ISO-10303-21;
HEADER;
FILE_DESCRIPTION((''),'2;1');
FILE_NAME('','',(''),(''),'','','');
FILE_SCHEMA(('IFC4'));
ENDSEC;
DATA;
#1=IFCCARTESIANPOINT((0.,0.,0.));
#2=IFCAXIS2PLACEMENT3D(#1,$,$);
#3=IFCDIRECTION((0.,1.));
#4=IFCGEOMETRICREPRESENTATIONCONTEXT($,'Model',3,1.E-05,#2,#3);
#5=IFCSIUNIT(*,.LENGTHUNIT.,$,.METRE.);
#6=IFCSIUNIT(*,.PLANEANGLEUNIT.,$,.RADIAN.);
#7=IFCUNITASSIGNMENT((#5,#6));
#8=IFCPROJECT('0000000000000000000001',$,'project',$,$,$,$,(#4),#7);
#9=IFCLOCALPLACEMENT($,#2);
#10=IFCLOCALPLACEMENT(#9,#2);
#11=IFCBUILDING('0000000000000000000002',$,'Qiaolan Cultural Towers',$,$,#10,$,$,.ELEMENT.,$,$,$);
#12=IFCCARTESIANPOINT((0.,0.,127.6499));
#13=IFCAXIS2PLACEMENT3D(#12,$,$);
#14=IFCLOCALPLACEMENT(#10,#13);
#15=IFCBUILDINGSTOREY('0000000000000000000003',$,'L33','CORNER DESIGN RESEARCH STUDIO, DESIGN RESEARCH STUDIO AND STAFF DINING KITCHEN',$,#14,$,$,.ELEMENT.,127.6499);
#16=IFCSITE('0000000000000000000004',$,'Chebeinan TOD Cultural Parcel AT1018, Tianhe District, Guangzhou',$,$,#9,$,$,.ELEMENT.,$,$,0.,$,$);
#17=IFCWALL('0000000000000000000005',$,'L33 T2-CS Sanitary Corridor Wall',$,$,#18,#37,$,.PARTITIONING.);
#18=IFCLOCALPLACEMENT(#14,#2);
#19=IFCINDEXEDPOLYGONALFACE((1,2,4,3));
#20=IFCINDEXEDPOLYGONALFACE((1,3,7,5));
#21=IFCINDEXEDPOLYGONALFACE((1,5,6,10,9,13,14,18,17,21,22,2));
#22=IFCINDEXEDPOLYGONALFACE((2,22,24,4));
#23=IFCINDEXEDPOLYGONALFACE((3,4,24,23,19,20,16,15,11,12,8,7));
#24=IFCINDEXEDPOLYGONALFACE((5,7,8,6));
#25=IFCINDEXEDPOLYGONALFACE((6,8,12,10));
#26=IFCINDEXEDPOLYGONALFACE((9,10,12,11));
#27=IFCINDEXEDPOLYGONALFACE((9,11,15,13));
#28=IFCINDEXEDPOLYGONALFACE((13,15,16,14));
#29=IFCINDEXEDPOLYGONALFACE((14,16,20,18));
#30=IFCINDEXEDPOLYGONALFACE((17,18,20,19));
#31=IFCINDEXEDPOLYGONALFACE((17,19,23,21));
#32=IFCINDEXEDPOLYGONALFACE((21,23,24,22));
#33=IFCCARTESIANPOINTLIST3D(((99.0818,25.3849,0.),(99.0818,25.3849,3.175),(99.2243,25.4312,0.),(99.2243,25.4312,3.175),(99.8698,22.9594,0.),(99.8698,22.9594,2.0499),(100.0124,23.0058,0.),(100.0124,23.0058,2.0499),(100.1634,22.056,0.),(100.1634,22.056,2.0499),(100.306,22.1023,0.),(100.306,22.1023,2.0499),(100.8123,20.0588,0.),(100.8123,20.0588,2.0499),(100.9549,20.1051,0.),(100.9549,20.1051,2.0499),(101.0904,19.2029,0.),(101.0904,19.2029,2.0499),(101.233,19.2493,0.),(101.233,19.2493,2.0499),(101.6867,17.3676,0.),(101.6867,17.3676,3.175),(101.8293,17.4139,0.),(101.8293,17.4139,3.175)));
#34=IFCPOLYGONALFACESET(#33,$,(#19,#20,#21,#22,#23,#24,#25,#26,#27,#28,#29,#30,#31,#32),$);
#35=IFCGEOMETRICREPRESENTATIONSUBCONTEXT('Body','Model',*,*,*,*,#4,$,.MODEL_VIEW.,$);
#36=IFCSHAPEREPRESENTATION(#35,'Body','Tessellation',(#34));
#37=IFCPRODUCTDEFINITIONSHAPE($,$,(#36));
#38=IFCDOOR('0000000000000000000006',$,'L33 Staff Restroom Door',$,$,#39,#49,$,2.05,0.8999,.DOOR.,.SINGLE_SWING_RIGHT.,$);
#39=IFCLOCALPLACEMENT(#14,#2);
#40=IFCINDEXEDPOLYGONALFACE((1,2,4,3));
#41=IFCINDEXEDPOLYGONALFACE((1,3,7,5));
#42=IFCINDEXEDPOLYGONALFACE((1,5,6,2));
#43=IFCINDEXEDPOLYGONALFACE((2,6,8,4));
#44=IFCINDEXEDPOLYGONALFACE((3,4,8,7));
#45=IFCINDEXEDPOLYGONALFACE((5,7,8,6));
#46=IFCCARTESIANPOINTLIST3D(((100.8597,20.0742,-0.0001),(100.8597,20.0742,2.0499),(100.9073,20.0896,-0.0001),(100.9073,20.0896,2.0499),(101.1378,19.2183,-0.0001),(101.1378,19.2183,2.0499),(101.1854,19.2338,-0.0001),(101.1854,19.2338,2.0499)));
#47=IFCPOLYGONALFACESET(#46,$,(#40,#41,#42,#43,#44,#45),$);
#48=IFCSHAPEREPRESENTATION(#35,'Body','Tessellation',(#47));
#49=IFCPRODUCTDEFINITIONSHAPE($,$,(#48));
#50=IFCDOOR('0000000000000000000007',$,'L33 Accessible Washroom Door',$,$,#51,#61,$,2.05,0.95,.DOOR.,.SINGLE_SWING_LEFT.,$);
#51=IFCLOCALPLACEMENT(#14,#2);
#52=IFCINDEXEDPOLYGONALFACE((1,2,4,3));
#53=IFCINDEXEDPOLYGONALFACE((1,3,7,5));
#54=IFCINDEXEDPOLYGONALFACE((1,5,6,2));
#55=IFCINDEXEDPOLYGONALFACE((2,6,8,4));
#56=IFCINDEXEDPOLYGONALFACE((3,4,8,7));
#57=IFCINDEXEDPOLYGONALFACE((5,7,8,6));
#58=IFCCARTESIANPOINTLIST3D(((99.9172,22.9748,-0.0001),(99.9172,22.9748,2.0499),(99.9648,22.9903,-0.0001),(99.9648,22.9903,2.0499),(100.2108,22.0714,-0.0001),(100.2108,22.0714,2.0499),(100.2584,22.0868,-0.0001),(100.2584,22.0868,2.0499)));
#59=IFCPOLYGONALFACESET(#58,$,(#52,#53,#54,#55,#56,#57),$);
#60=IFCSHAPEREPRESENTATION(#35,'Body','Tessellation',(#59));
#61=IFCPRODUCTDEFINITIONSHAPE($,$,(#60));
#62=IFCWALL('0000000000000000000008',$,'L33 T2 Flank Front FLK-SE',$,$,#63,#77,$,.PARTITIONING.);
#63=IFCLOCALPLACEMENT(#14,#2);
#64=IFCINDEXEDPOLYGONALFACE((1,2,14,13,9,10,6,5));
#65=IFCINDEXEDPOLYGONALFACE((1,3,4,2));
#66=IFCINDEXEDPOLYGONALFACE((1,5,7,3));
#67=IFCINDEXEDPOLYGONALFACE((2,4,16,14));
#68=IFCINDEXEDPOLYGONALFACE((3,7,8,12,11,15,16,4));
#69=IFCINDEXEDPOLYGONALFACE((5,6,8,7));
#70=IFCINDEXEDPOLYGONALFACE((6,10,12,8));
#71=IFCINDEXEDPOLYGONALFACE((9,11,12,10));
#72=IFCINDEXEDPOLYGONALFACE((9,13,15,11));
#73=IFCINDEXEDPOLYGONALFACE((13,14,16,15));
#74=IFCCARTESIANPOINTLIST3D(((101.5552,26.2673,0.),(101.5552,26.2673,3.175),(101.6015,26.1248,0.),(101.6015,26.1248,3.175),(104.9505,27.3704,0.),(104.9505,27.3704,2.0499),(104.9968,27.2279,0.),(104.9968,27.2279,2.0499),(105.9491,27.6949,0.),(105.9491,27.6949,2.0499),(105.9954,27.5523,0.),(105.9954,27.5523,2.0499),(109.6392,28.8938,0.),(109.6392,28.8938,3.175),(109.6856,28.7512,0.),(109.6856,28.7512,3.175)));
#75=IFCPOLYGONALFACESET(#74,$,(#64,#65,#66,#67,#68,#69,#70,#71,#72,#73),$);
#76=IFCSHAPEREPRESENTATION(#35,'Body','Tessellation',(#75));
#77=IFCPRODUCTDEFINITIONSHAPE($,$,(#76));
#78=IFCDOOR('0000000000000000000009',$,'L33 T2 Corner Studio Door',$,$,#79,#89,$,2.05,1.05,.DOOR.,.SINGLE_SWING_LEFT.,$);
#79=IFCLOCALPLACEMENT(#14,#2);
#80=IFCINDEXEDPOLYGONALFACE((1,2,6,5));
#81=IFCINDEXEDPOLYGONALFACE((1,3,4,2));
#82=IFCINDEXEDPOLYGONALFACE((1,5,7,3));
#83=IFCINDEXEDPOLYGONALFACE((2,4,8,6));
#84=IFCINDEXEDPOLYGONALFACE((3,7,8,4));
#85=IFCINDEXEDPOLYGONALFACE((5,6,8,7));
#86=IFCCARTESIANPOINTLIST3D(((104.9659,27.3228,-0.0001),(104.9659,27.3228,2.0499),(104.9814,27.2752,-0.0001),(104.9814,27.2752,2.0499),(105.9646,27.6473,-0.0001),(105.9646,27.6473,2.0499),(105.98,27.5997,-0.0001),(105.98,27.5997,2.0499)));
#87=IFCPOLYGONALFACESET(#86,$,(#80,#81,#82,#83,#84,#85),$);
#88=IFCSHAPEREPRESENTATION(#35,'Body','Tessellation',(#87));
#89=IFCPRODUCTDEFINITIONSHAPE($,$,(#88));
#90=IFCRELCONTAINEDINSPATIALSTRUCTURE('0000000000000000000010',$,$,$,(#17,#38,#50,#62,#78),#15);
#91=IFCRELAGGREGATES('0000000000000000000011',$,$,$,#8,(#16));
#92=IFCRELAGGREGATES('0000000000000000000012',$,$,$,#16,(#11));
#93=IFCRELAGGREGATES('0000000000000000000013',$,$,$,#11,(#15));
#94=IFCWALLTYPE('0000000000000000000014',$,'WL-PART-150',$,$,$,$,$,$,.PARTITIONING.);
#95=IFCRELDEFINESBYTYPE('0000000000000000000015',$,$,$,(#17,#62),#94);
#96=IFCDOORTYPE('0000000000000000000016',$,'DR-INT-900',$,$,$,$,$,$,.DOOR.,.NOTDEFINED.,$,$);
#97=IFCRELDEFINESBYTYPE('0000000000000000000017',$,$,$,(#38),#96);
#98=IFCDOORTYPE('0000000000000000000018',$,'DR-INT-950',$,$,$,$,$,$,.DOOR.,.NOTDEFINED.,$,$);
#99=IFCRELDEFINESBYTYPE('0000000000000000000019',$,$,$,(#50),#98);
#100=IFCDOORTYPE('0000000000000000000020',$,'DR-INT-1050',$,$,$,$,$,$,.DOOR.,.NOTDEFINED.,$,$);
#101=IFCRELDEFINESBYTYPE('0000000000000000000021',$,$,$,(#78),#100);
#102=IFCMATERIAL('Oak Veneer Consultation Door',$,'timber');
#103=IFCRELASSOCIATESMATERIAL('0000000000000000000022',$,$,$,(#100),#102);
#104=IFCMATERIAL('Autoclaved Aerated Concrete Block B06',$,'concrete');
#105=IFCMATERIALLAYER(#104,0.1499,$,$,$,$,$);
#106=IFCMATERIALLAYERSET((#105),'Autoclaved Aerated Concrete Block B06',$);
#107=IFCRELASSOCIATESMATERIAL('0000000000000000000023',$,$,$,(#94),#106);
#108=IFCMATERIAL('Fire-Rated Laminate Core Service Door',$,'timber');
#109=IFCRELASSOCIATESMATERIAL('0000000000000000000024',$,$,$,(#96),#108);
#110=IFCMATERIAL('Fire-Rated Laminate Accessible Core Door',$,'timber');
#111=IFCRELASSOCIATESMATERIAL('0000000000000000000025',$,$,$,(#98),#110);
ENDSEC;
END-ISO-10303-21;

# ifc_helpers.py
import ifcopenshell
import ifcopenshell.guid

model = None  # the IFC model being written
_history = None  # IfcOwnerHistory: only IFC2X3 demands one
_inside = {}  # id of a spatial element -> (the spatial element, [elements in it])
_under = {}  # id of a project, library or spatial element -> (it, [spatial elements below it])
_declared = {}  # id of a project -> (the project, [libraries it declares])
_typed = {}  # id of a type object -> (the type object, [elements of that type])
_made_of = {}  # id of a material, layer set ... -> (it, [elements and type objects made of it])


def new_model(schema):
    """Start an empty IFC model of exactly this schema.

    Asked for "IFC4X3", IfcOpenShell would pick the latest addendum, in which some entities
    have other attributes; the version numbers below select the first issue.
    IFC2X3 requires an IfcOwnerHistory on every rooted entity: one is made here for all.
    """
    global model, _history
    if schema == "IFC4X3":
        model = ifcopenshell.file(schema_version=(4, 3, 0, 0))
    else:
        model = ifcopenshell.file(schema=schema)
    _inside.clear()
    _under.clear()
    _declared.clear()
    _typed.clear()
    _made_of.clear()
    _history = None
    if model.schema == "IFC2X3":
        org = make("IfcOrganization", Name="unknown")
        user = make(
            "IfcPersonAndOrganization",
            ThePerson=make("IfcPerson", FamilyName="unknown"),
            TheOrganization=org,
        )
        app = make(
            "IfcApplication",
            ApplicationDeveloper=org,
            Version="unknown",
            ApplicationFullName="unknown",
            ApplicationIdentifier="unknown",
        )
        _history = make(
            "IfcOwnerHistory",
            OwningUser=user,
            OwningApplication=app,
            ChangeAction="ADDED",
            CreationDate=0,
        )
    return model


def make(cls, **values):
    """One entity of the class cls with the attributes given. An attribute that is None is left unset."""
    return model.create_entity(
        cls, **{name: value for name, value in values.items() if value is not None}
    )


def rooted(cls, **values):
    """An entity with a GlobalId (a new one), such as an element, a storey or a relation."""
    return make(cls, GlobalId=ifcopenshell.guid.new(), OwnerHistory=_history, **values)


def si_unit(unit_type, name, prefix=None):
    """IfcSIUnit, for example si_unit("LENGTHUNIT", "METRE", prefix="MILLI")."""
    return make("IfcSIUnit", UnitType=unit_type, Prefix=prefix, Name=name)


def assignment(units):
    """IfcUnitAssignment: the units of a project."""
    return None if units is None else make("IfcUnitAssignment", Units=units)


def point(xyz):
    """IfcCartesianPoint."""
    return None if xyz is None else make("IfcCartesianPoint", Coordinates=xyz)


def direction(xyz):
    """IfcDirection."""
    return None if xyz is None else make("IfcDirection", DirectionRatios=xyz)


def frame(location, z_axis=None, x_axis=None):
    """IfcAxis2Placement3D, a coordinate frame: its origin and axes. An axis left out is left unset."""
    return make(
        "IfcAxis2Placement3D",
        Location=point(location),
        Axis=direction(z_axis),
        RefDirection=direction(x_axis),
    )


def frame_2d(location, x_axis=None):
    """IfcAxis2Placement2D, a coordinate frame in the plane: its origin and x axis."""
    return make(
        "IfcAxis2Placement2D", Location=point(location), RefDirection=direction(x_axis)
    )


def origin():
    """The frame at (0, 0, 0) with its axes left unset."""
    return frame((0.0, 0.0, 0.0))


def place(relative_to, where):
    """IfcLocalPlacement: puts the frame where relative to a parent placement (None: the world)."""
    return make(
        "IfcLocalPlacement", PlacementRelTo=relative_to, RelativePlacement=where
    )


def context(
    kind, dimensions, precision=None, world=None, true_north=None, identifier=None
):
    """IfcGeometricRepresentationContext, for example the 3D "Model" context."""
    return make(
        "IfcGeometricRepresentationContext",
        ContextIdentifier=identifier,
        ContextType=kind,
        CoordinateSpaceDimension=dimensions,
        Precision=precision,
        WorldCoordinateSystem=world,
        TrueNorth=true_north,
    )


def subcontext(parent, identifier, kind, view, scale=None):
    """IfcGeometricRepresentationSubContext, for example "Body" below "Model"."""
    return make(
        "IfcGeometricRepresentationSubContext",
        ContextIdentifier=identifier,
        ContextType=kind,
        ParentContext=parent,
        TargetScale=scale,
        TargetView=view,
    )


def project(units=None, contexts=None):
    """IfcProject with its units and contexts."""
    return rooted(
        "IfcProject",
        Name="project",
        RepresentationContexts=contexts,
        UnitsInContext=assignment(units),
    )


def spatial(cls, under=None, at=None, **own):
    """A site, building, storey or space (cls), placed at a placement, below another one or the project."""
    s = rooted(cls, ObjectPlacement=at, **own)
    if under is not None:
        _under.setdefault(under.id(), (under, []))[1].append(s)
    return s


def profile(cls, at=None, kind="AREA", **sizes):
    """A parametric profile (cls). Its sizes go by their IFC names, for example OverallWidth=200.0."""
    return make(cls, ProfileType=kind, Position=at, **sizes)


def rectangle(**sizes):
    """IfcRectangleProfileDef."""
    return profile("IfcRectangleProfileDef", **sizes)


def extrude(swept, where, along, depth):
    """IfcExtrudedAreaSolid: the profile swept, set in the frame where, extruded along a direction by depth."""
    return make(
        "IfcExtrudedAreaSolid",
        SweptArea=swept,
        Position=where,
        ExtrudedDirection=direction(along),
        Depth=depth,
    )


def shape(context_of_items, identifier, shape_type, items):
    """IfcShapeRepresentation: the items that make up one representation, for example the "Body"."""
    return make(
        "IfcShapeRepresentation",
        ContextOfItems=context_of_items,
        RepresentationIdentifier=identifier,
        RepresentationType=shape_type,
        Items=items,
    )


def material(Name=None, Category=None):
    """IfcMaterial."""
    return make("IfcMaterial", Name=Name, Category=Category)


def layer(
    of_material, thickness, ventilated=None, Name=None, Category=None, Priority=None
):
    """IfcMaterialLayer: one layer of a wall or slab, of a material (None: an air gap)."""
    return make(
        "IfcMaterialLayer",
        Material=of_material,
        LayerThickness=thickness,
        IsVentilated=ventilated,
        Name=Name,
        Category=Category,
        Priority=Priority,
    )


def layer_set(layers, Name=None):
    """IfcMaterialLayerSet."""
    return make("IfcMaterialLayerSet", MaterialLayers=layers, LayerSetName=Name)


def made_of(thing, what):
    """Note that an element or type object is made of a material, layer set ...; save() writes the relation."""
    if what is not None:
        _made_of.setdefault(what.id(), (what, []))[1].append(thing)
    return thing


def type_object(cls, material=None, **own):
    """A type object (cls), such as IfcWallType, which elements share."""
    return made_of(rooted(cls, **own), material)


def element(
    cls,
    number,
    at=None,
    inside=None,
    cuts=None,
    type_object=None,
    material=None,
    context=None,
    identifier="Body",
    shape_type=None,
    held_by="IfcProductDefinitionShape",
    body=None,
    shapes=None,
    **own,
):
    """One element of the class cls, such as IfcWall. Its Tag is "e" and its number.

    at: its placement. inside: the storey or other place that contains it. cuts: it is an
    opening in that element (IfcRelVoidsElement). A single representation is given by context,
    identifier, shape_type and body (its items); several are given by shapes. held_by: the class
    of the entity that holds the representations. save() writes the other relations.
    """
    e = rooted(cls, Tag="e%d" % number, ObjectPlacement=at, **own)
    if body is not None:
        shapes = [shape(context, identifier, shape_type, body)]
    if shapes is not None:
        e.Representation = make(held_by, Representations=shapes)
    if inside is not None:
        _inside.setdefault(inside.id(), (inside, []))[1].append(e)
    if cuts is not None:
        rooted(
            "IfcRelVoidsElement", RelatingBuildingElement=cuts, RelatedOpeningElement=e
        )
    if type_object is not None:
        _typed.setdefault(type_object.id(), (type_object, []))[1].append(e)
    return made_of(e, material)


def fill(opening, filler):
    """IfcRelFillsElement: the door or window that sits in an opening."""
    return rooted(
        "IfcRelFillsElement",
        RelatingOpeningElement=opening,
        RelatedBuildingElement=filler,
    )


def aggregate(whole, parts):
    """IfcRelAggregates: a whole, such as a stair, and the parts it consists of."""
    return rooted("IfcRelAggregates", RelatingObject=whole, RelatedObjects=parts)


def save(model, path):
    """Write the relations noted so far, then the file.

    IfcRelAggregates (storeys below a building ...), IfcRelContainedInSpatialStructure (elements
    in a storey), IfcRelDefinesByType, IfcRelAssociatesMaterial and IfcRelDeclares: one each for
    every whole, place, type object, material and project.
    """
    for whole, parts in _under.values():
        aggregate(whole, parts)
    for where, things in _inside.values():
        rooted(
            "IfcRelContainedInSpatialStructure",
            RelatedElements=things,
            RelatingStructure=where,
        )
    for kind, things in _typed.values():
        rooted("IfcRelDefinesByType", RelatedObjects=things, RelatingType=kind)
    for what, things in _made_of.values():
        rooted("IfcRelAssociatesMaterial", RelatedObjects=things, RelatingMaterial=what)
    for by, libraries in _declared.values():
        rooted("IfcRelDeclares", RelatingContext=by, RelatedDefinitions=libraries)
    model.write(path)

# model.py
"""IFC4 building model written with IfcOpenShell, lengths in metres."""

from ifc_helpers import new_model, si_unit, direction, frame, frame_2d, origin, place, context, subcontext, project, spatial, rectangle, extrude, material, layer, layer_set, type_object, element, fill, save


model = new_model("IFC4")

# Units and contexts
model_context = context("Model", 3, precision=1e-05, world=origin(), true_north=direction((0.0, 1.0)))
body_context = subcontext(model_context, "Body", "Model", "MODEL_VIEW")
ifc_project = project(units=[si_unit("LENGTHUNIT", "METRE"), si_unit("PLANEANGLEUNIT", "RADIAN")], contexts=[model_context])

# Site, building, storey
site_placement = place(None, origin())
site = spatial("IfcSite", under=ifc_project, at=site_placement, Name="Chebeinan TOD Cultural Parcel AT1018, Tianhe District, Guangzhou", CompositionType="ELEMENT", RefElevation=0.0)
building_placement = place(site_placement, origin())
building = spatial("IfcBuilding", under=site, at=building_placement, Name="Qiaolan Cultural Towers", CompositionType="ELEMENT")
storey_placement = place(building_placement, frame((0.0, 0.0, 127.6499)))
storey = spatial("IfcBuildingStorey", under=building, at=storey_placement, Name="L33", Description="CORNER DESIGN RESEARCH STUDIO, DESIGN RESEARCH STUDIO AND STAFF DINING KITCHEN", CompositionType="ELEMENT", Elevation=127.6499)

# Shared definitions
ifc_material_1 = material(Name="Oak Veneer Consultation Door", Category="timber")
door_type_1 = type_object("IfcDoorType", Name="DR-INT-1050", OperationType="NOTDEFINED", PredefinedType="DOOR", material=ifc_material_1)

# Wall, openings, doors
ifc_material_2 = material(Name="Autoclaved Aerated Concrete Block B06", Category="concrete")
ifc_layer_1 = layer(ifc_material_2, 0.1499)
ifc_layer_set_1 = layer_set([ifc_layer_1], Name="Autoclaved Aerated Concrete Block B06")
wall_type_1 = type_object("IfcWallType", Name="WL-PART-150", PredefinedType="PARTITIONING", material=ifc_layer_set_1)
wall_1_placement = place(storey_placement, frame((99.1531, 25.408, 0.0), z_axis=(0.0, 0.0, 1.0), x_axis=(0.309016, -0.951057, 0.0)))
wall_1 = element("IfcWall", 1, at=wall_1_placement, inside=storey, type_object=wall_type_1, Name="L33 T2-CS Sanitary Corridor Wall", PredefinedType="PARTITIONING", context=body_context, shape_type="SweptSolid", body=[
    extrude(rectangle(XDim=8.4299, YDim=0.1499, at=frame_2d((4.2148, 0.0))), origin(), (0.0, 0.0, 1.0), 3.175),
])
opening_1_placement = place(wall_1_placement, frame((2.55, 0.0, 0.0)))
opening_1 = element("IfcOpeningElement", 2, at=opening_1_placement, cuts=wall_1, PredefinedType="OPENING", context=body_context, shape_type="SweptSolid", body=[
    extrude(rectangle(XDim=0.95, YDim=2.05, at=frame_2d((0.4751, 1.0249))), frame((0.0, 0.085, 0.0), z_axis=(0.0, -1.0, 0.0), x_axis=(1.0, 0.0, 0.0)), (0.0, 0.0, 1.0), 0.1699),
])
opening_2_placement = place(wall_1_placement, frame((5.6001, 0.0, 0.0)))
opening_2 = element("IfcOpeningElement", 3, at=opening_2_placement, cuts=wall_1, PredefinedType="OPENING", context=body_context, shape_type="SweptSolid", body=[
    extrude(rectangle(XDim=0.8999, YDim=2.05, at=frame_2d((0.45, 1.0249))), frame((0.0, 0.085, 0.0), z_axis=(0.0, -1.0, 0.0), x_axis=(1.0, 0.0, 0.0)), (0.0, 0.0, 1.0), 0.1699),
])
ifc_material_3 = material(Name="Fire-Rated Laminate Core Service Door", Category="timber")
door_type_2 = type_object("IfcDoorType", Name="DR-INT-900", OperationType="NOTDEFINED", PredefinedType="DOOR", material=ifc_material_3)
door_1_placement = place(opening_2_placement, origin())
door_1 = element("IfcDoor", 4, at=door_1_placement, inside=storey, type_object=door_type_2, Name="L33 Staff Restroom Door", OperationType="SINGLE_SWING_RIGHT", OverallHeight=2.05, OverallWidth=0.8999, PredefinedType="DOOR", context=body_context, shape_type="SweptSolid", body=[
    extrude(rectangle(XDim=0.8999, YDim=2.05, at=frame_2d((0.45, 1.0249))), frame((0.0, 0.0249, 0.0), z_axis=(0.0, -1.0, 0.0), x_axis=(1.0, 0.0, 0.0)), (0.0, 0.0, 1.0), 0.05),
])
fill(opening_2, door_1)
ifc_material_4 = material(Name="Fire-Rated Laminate Accessible Core Door", Category="timber")
door_type_3 = type_object("IfcDoorType", Name="DR-INT-950", OperationType="NOTDEFINED", PredefinedType="DOOR", material=ifc_material_4)
door_2_placement = place(opening_1_placement, origin())
door_2 = element("IfcDoor", 5, at=door_2_placement, inside=storey, type_object=door_type_3, Name="L33 Accessible Washroom Door", OperationType="SINGLE_SWING_LEFT", OverallHeight=2.05, OverallWidth=0.95, PredefinedType="DOOR", context=body_context, shape_type="SweptSolid", body=[
    extrude(rectangle(XDim=0.95, YDim=2.05, at=frame_2d((0.4751, 1.0249))), frame((0.0, 0.0249, 0.0), z_axis=(0.0, -1.0, 0.0), x_axis=(1.0, 0.0, 0.0)), (0.0, 0.0, 1.0), 0.05),
])
fill(opening_1, door_2)

# Wall, opening, door
wall_2_placement = place(storey_placement, frame((101.5784, 26.196, 0.0), z_axis=(0.0, 0.0, 1.0), x_axis=(0.951063, 0.308998, 0.0)))
wall_2 = element("IfcWall", 6, at=wall_2_placement, inside=storey, type_object=wall_type_1, Name="L33 T2 Flank Front FLK-SE", PredefinedType="PARTITIONING", context=body_context, shape_type="SweptSolid", body=[
    extrude(rectangle(XDim=8.5, YDim=0.1499, at=frame_2d((4.25, 0.0))), origin(), (0.0, 0.0, 1.0), 3.175),
])
opening_3_placement = place(wall_2_placement, frame((3.5701, 0.0, 0.0)))
opening_3 = element("IfcOpeningElement", 7, at=opening_3_placement, cuts=wall_2, PredefinedType="OPENING", context=body_context, shape_type="SweptSolid", body=[
    extrude(rectangle(XDim=1.05, YDim=2.05, at=frame_2d((0.5249, 1.0249))), frame((0.0, 0.085, 0.0), z_axis=(0.0, -1.0, 0.0), x_axis=(1.0, 0.0, 0.0)), (0.0, 0.0, 1.0), 0.1699),
])
door_3_placement = place(opening_3_placement, origin())
door_3 = element("IfcDoor", 8, at=door_3_placement, inside=storey, type_object=door_type_1, Name="L33 T2 Corner Studio Door", OperationType="SINGLE_SWING_LEFT", OverallHeight=2.05, OverallWidth=1.05, PredefinedType="DOOR", context=body_context, shape_type="SweptSolid", body=[
    extrude(rectangle(XDim=1.05, YDim=2.05, at=frame_2d((0.5249, 1.0249))), frame((0.0, 0.0249, 0.0), z_axis=(0.0, -1.0, 0.0), x_axis=(1.0, 0.0, 0.0)), (0.0, 0.0, 1.0), 0.05),
])
fill(opening_3, door_3)

save(model, "model.ifc")
